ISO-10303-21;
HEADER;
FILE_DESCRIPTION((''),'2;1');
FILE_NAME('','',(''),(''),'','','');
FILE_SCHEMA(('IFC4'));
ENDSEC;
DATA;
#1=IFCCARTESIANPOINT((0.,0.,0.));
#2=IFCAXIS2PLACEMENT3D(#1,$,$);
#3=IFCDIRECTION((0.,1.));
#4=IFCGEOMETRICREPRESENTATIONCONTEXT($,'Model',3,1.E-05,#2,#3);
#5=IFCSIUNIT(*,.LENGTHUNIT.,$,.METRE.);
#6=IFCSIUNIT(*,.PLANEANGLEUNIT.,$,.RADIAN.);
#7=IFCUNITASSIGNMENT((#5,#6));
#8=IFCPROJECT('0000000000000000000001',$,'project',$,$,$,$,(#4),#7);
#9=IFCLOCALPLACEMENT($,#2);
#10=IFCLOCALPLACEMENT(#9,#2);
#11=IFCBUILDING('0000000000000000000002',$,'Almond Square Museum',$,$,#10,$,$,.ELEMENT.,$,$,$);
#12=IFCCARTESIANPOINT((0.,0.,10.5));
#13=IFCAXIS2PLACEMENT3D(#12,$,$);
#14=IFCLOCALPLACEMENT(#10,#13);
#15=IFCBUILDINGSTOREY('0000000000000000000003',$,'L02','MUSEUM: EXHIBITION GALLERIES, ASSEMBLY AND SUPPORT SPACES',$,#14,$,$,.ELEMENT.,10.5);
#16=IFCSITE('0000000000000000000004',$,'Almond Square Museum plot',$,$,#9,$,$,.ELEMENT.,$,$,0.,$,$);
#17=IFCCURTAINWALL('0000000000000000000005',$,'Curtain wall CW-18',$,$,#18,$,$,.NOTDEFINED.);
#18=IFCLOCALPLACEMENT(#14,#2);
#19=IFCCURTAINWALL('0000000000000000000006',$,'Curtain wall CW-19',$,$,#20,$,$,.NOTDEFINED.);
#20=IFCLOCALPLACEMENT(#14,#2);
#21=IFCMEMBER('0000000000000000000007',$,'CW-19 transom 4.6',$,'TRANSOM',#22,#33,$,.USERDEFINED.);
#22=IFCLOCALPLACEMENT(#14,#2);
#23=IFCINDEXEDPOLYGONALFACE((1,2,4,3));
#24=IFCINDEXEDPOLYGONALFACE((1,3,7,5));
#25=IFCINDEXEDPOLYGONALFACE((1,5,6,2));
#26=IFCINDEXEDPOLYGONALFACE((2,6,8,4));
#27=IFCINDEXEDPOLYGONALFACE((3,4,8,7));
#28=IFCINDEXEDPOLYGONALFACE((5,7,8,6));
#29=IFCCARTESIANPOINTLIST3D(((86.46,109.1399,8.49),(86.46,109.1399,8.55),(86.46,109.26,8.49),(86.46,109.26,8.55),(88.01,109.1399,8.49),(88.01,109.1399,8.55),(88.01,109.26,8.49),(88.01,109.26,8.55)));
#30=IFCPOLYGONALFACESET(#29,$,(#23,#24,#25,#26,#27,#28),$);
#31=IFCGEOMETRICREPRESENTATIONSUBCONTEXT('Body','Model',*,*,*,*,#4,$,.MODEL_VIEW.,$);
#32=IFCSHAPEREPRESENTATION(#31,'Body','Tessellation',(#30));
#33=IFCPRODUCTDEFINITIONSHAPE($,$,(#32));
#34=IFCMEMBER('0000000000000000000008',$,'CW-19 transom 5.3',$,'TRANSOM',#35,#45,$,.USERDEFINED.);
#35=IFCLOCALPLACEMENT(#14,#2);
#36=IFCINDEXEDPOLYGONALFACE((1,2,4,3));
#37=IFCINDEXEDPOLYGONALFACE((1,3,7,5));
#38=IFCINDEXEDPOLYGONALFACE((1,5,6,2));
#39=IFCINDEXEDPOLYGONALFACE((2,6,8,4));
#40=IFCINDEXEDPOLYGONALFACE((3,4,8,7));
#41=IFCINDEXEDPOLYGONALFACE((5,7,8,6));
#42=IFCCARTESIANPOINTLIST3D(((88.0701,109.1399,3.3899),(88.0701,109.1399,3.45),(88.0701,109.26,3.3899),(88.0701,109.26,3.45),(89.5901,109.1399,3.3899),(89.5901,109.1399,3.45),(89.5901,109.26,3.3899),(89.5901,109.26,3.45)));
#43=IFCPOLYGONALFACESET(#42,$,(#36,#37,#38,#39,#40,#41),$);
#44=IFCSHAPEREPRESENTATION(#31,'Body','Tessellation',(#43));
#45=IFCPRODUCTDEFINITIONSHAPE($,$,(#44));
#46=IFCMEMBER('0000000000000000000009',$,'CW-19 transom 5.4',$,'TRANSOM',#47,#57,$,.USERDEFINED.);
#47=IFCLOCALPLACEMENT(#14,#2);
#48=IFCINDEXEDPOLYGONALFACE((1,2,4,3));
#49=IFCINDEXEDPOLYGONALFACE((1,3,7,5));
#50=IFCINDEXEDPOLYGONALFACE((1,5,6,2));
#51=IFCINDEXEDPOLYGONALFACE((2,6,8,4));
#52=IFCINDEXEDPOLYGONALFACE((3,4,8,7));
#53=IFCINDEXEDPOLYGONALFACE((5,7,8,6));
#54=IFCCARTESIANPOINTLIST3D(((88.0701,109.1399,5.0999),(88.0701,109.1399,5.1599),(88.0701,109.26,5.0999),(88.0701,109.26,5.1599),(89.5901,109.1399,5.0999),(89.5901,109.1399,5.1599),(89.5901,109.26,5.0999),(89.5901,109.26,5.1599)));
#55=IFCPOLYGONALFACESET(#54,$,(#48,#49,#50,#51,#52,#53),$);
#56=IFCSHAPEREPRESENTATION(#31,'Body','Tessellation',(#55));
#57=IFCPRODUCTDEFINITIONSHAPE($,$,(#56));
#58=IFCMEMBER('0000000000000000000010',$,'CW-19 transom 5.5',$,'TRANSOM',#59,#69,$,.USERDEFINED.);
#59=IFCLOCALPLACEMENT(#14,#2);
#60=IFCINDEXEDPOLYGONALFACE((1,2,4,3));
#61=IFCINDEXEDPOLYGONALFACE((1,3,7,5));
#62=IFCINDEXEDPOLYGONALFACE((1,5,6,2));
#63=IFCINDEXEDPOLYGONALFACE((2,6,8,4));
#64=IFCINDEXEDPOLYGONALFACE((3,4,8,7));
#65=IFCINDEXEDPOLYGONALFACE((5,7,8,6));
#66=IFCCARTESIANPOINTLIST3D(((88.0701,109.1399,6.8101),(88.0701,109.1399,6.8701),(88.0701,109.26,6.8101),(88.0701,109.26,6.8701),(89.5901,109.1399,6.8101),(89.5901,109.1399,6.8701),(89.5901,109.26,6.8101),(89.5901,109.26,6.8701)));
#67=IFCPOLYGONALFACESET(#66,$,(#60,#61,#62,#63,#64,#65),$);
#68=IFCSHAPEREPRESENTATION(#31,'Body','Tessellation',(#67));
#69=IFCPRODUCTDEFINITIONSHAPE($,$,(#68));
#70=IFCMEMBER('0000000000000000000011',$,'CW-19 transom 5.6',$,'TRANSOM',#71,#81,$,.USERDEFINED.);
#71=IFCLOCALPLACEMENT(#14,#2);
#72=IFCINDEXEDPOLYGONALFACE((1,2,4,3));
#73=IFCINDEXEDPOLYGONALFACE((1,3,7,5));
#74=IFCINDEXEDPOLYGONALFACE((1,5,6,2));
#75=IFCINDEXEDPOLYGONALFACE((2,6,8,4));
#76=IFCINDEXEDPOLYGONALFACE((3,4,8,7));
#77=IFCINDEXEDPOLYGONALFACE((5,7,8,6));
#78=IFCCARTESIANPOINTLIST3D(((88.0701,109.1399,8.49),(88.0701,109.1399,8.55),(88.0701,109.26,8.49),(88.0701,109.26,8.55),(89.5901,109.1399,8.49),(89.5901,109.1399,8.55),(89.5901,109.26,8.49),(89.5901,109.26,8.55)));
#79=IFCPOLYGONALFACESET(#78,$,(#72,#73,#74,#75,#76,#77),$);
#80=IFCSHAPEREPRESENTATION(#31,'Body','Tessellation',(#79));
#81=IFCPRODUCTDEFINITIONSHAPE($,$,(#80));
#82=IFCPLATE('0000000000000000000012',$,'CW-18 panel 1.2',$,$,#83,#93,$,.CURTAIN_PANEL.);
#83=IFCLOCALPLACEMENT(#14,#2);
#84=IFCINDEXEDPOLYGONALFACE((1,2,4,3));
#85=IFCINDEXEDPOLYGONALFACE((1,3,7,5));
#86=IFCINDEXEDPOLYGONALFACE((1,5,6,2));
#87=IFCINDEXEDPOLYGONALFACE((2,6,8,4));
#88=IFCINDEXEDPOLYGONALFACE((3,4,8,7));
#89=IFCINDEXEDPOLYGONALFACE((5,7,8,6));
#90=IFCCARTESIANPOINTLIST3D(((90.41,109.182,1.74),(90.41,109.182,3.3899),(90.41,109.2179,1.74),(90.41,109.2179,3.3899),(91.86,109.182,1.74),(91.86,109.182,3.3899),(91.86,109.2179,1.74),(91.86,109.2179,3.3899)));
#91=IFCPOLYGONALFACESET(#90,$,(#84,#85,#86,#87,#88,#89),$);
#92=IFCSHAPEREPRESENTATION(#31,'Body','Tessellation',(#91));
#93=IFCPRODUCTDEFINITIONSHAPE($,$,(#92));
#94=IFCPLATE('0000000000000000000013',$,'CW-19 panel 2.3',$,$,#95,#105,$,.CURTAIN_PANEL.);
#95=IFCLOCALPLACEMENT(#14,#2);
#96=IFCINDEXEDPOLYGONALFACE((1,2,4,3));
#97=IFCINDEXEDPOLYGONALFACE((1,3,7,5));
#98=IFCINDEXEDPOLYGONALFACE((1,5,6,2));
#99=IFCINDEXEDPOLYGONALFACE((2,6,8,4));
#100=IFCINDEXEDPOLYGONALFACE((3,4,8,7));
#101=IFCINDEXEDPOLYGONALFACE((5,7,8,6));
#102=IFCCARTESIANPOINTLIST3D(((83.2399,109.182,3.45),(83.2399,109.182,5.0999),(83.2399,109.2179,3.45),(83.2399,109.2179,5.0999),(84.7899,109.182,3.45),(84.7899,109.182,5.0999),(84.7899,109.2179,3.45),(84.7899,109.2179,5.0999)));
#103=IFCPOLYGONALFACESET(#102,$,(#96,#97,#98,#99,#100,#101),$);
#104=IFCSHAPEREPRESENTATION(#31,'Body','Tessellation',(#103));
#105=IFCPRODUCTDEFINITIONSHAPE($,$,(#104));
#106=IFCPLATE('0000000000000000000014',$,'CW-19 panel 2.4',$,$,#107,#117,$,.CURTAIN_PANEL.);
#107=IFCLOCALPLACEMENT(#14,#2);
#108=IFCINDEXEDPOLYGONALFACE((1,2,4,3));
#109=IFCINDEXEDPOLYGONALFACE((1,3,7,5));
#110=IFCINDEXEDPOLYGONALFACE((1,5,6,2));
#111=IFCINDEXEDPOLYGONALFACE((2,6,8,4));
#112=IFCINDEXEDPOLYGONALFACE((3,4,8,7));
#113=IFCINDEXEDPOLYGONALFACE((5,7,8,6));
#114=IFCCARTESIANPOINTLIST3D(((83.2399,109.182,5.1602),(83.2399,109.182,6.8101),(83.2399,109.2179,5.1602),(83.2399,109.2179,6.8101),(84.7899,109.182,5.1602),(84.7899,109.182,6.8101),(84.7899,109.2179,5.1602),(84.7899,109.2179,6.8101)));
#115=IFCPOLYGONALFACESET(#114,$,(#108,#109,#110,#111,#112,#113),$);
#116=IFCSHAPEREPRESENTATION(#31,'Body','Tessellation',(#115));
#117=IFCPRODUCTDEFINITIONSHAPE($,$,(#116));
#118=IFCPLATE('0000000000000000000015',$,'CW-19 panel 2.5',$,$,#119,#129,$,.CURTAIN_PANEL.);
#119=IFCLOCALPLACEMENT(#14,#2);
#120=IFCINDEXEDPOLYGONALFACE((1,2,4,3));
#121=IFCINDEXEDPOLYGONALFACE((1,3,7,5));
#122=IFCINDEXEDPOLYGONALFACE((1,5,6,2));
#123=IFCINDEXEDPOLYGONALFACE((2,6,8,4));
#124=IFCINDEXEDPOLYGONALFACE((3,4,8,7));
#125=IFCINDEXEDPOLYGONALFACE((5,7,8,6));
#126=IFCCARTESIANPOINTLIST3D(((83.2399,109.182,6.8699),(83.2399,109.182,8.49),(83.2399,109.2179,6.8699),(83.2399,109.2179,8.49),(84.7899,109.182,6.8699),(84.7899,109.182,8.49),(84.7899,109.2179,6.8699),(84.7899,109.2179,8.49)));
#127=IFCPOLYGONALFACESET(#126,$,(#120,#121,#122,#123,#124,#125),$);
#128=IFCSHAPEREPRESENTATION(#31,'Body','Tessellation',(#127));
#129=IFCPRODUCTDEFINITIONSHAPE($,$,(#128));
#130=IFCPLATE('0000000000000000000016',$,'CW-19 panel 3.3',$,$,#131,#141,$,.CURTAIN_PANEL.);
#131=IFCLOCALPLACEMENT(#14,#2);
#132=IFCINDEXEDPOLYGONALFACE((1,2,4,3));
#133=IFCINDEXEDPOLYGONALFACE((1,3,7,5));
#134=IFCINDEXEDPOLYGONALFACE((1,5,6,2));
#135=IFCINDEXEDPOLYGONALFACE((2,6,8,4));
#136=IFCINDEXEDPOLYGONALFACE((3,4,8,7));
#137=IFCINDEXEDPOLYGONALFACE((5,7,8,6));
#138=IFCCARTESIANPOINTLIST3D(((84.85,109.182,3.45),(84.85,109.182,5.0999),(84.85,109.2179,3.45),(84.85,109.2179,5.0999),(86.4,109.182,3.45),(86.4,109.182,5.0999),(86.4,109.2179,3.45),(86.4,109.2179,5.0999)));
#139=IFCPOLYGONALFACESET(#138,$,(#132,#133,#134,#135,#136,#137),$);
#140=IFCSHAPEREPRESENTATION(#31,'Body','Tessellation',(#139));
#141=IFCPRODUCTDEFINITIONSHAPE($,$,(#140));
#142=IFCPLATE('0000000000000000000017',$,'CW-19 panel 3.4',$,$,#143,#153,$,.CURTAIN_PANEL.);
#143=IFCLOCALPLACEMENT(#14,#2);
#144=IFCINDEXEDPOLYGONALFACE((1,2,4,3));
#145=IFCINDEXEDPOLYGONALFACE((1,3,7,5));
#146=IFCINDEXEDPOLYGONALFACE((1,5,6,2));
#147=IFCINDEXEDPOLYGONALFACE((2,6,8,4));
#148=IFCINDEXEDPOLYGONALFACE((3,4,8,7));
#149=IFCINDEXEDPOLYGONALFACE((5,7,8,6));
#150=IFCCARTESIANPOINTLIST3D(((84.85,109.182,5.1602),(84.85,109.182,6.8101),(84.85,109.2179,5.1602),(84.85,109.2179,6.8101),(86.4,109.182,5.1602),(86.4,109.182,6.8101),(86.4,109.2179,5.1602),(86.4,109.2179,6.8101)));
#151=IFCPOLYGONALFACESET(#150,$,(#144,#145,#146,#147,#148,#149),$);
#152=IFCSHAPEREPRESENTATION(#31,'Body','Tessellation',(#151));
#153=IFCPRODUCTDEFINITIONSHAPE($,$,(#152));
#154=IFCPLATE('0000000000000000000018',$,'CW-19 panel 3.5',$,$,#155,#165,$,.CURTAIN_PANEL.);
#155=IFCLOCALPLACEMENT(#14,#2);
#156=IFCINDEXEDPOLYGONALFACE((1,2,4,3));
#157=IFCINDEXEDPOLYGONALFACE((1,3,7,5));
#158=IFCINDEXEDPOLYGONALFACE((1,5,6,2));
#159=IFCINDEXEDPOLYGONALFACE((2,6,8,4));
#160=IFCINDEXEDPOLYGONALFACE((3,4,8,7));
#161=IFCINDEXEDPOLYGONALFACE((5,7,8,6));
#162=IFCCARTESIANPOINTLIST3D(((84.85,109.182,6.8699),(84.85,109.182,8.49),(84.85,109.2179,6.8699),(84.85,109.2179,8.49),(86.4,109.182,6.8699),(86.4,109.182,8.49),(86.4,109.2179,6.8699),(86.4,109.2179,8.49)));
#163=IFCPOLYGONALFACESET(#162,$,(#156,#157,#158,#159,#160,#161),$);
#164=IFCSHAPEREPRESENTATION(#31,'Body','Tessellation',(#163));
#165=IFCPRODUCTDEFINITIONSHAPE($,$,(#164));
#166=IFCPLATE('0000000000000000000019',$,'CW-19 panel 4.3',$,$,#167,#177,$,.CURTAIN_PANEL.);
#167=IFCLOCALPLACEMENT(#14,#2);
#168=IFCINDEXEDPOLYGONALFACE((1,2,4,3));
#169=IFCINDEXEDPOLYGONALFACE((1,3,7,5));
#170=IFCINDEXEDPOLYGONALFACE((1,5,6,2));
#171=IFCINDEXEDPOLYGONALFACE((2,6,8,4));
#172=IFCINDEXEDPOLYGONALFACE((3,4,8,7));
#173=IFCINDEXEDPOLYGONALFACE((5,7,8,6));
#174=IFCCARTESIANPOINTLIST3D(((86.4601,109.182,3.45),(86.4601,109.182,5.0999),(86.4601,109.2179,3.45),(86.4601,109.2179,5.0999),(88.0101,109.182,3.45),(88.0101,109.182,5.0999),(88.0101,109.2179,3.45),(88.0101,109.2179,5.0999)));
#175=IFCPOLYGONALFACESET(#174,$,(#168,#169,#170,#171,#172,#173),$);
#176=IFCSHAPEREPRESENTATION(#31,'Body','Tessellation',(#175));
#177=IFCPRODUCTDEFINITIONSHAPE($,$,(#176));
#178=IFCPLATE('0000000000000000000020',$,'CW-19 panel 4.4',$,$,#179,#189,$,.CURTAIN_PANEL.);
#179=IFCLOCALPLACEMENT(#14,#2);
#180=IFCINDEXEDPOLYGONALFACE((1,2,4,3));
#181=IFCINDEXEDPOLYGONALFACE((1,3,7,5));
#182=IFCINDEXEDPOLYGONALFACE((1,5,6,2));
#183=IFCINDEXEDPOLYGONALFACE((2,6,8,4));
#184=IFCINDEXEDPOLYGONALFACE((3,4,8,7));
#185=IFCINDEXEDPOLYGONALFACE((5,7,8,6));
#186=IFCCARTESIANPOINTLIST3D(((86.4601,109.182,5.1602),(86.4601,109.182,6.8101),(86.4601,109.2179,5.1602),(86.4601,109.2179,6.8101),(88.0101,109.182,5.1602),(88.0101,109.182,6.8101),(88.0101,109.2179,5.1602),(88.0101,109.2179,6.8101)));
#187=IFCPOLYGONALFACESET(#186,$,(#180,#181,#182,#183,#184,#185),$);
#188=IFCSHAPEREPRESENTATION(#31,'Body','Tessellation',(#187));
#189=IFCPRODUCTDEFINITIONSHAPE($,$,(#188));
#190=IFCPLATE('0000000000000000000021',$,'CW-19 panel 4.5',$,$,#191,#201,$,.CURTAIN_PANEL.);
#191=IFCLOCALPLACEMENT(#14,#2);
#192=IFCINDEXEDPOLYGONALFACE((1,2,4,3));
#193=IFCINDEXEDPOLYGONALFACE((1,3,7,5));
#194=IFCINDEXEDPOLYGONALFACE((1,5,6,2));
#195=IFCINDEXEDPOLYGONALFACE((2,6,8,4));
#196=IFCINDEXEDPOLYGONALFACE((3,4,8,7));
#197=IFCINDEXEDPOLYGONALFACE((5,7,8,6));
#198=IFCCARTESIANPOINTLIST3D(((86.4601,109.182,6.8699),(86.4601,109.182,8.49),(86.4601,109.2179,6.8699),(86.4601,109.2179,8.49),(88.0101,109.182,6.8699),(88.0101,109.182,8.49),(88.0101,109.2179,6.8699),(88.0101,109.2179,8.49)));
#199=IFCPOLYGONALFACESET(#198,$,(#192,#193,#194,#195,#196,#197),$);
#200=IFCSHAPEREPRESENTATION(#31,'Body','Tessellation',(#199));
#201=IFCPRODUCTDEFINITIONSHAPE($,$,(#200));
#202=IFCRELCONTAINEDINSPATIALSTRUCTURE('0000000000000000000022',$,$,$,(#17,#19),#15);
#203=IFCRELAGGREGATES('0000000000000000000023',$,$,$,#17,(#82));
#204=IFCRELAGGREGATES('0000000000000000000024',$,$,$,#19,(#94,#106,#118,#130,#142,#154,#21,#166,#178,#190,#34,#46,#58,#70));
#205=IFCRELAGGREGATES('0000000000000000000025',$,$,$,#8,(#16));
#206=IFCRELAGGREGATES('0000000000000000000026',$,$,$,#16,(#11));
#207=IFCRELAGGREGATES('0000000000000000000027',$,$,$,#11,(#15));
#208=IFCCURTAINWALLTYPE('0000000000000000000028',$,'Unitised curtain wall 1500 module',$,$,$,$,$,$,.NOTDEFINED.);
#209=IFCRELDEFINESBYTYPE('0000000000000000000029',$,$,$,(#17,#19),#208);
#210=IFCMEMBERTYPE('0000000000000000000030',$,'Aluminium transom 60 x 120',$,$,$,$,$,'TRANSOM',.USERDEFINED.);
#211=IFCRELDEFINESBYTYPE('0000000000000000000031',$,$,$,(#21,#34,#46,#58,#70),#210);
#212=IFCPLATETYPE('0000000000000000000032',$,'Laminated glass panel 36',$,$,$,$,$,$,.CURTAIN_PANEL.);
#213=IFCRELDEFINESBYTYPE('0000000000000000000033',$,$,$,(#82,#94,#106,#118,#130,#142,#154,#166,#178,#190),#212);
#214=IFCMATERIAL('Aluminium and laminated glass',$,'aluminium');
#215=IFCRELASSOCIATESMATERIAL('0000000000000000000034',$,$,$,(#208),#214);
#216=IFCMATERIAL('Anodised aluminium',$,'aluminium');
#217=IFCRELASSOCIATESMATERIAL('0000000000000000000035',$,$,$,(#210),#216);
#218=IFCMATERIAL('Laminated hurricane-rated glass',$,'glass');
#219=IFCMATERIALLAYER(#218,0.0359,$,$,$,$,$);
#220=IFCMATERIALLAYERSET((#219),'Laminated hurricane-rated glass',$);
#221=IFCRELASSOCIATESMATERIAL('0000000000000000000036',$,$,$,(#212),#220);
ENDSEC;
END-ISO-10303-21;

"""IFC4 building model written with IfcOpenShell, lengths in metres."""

from ifc_helpers import new_model, si_unit, direction, frame, origin, origin_2d, place, context, subcontext, project, spatial, rectangle, extrude, material, layer, layer_set, material_profile, profile_set, type_object, element, aggregate, save


model = new_model("IFC4")

# Units and contexts
model_context = context("Model", 3, precision=1e-05, world=origin(), true_north=direction((0.0, 1.0)))
body_context = subcontext(model_context, "Body", "Model", "MODEL_VIEW")
ifc_project = project(units=[si_unit("LENGTHUNIT", "METRE"), si_unit("PLANEANGLEUNIT", "RADIAN")], contexts=[model_context])

# Site, building, storey
site_placement = place(None, origin())
site = spatial("IfcSite", under=ifc_project, at=site_placement, Name="Almond Square Museum plot", CompositionType="ELEMENT", RefElevation=0.0)
building_placement = place(site_placement, origin())
building = spatial("IfcBuilding", under=site, at=building_placement, Name="Almond Square Museum", CompositionType="ELEMENT")
storey_placement = place(building_placement, frame((0.0, 0.0, 10.5)))
storey = spatial("IfcBuildingStorey", under=building, at=storey_placement, Name="L02", Description="MUSEUM: EXHIBITION GALLERIES, ASSEMBLY AND SUPPORT SPACES", CompositionType="ELEMENT", Elevation=10.5)

# Curtain walls, members
ifc_material_1 = material(Name="Aluminium and laminated glass", Category="aluminium")
curtain_wall_type = type_object("IfcCurtainWallType", Name="Unitised curtain wall 1500 module", PredefinedType="NOTDEFINED", material=ifc_material_1)
curtain_wall_1_placement = place(storey_placement, origin())
curtain_wall_1 = element("IfcCurtainWall", 1, at=curtain_wall_1_placement, inside=storey, type_object=curtain_wall_type, Name="Curtain wall CW-18", PredefinedType="NOTDEFINED")
ifc_material_2 = material(Name="Anodised aluminium", Category="aluminium")
ifc_material_profile = material_profile(ifc_material_2, rectangle(XDim=0.1201, YDim=0.0601, at=origin_2d()))
ifc_profile_set = profile_set([ifc_material_profile], Name="Anodised aluminium")
member_type = type_object("IfcMemberType", Name="Aluminium transom 60 x 120", ElementType="TRANSOM", PredefinedType="USERDEFINED", material=ifc_profile_set)
curtain_wall_2_placement = place(storey_placement, origin())
curtain_wall_2 = element("IfcCurtainWall", 2, at=curtain_wall_2_placement, inside=storey, type_object=curtain_wall_type, Name="Curtain wall CW-19", PredefinedType="NOTDEFINED")
member_1_placement = place(storey_placement, frame((86.46, 109.2, 8.52), z_axis=(1.0, 0.0, 0.0), x_axis=(0.0, 1.0, 0.0)))
member_1 = element("IfcMember", 3, at=member_1_placement, type_object=member_type, Name="CW-19 transom 4.6", ObjectType="TRANSOM", PredefinedType="USERDEFINED", context=body_context, shape_type="SweptSolid", body=[
    extrude(rectangle(XDim=0.1201, YDim=0.0601, at=origin_2d()), origin(), (0.0, 0.0, 1.0), 1.55),
])
member_2_placement = place(storey_placement, frame((88.0701, 109.2, 3.4199), z_axis=(1.0, 0.0, 0.0), x_axis=(0.0, 1.0, 0.0)))
member_2 = element("IfcMember", 4, at=member_2_placement, type_object=member_type, Name="CW-19 transom 5.3", ObjectType="TRANSOM", PredefinedType="USERDEFINED", context=body_context, shape_type="SweptSolid", body=[
    extrude(rectangle(XDim=0.1201, YDim=0.0601, at=origin_2d()), origin(), (0.0, 0.0, 1.0), 1.52),
])
member_3_placement = place(storey_placement, frame((88.0701, 109.2, 5.1299), z_axis=(1.0, 0.0, 0.0), x_axis=(0.0, 1.0, 0.0)))
member_3 = element("IfcMember", 5, at=member_3_placement, type_object=member_type, Name="CW-19 transom 5.4", ObjectType="TRANSOM", PredefinedType="USERDEFINED", context=body_context, shape_type="SweptSolid", body=[
    extrude(rectangle(XDim=0.1201, YDim=0.0601, at=origin_2d()), origin(), (0.0, 0.0, 1.0), 1.52),
])
member_4_placement = place(storey_placement, frame((88.0701, 109.2, 6.8401), z_axis=(1.0, 0.0, 0.0), x_axis=(0.0, 1.0, 0.0)))
member_4 = element("IfcMember", 6, at=member_4_placement, type_object=member_type, Name="CW-19 transom 5.5", ObjectType="TRANSOM", PredefinedType="USERDEFINED", context=body_context, shape_type="SweptSolid", body=[
    extrude(rectangle(XDim=0.1201, YDim=0.0601, at=origin_2d()), origin(), (0.0, 0.0, 1.0), 1.52),
])
member_5_placement = place(storey_placement, frame((88.0701, 109.2, 8.52), z_axis=(1.0, 0.0, 0.0), x_axis=(0.0, 1.0, 0.0)))
member_5 = element("IfcMember", 7, at=member_5_placement, type_object=member_type, Name="CW-19 transom 5.6", ObjectType="TRANSOM", PredefinedType="USERDEFINED", context=body_context, shape_type="SweptSolid", body=[
    extrude(rectangle(XDim=0.1201, YDim=0.0601, at=origin_2d()), origin(), (0.0, 0.0, 1.0), 1.52),
])

# Plates
ifc_material_3 = material(Name="Laminated hurricane-rated glass", Category="glass")
ifc_layer = layer(ifc_material_3, 0.0359)
ifc_layer_set = layer_set([ifc_layer], Name="Laminated hurricane-rated glass")
plate_type = type_object("IfcPlateType", Name="Laminated glass panel 36", PredefinedType="CURTAIN_PANEL", material=ifc_layer_set)
plate_1_placement = place(storey_placement, frame((91.135, 109.2, 1.74), z_axis=(0.0, 0.0, 1.0), x_axis=(1.0, 0.0, 0.0)))
plate_1 = element("IfcPlate", 8, at=plate_1_placement, type_object=plate_type, Name="CW-18 panel 1.2", PredefinedType="CURTAIN_PANEL", context=body_context, shape_type="SweptSolid", body=[
    extrude(rectangle(XDim=1.45, YDim=0.0359, at=origin_2d()), origin(), (0.0, 0.0, 1.0), 1.6499),
])
aggregate(curtain_wall_1, [plate_1])
plate_2_placement = place(storey_placement, frame((84.0149, 109.2, 3.45), z_axis=(0.0, 0.0, 1.0), x_axis=(1.0, 0.0, 0.0)))
plate_2 = element("IfcPlate", 9, at=plate_2_placement, type_object=plate_type, Name="CW-19 panel 2.3", PredefinedType="CURTAIN_PANEL", context=body_context, shape_type="SweptSolid", body=[
    extrude(rectangle(XDim=1.55, YDim=0.0359, at=origin_2d()), origin(), (0.0, 0.0, 1.0), 1.6499),
])
plate_3_placement = place(storey_placement, frame((84.0149, 109.2, 5.1602), z_axis=(0.0, 0.0, 1.0), x_axis=(1.0, 0.0, 0.0)))
plate_3 = element("IfcPlate", 10, at=plate_3_placement, type_object=plate_type, Name="CW-19 panel 2.4", PredefinedType="CURTAIN_PANEL", context=body_context, shape_type="SweptSolid", body=[
    extrude(rectangle(XDim=1.55, YDim=0.0359, at=origin_2d()), origin(), (0.0, 0.0, 1.0), 1.6499),
])
plate_4_placement = place(storey_placement, frame((84.0149, 109.2, 6.8699), z_axis=(0.0, 0.0, 1.0), x_axis=(1.0, 0.0, 0.0)))
plate_4 = element("IfcPlate", 11, at=plate_4_placement, type_object=plate_type, Name="CW-19 panel 2.5", PredefinedType="CURTAIN_PANEL", context=body_context, shape_type="SweptSolid", body=[
    extrude(rectangle(XDim=1.55, YDim=0.0359, at=origin_2d()), origin(), (0.0, 0.0, 1.0), 1.6201),
])
plate_5_placement = place(storey_placement, frame((85.625, 109.2, 3.45), z_axis=(0.0, 0.0, 1.0), x_axis=(1.0, 0.0, 0.0)))
plate_5 = element("IfcPlate", 12, at=plate_5_placement, type_object=plate_type, Name="CW-19 panel 3.3", PredefinedType="CURTAIN_PANEL", context=body_context, shape_type="SweptSolid", body=[
    extrude(rectangle(XDim=1.55, YDim=0.0359, at=origin_2d()), origin(), (0.0, 0.0, 1.0), 1.6499),
])
plate_6_placement = place(storey_placement, frame((85.625, 109.2, 5.1602), z_axis=(0.0, 0.0, 1.0), x_axis=(1.0, 0.0, 0.0)))
plate_6 = element("IfcPlate", 13, at=plate_6_placement, type_object=plate_type, Name="CW-19 panel 3.4", PredefinedType="CURTAIN_PANEL", context=body_context, shape_type="SweptSolid", body=[
    extrude(rectangle(XDim=1.55, YDim=0.0359, at=origin_2d()), origin(), (0.0, 0.0, 1.0), 1.6499),
])
plate_7_placement = place(storey_placement, frame((85.625, 109.2, 6.8699), z_axis=(0.0, 0.0, 1.0), x_axis=(1.0, 0.0, 0.0)))
plate_7 = element("IfcPlate", 14, at=plate_7_placement, type_object=plate_type, Name="CW-19 panel 3.5", PredefinedType="CURTAIN_PANEL", context=body_context, shape_type="SweptSolid", body=[
    extrude(rectangle(XDim=1.55, YDim=0.0359, at=origin_2d()), origin(), (0.0, 0.0, 1.0), 1.6201),
])
plate_8_placement = place(storey_placement, frame((87.2351, 109.2, 3.45), z_axis=(0.0, 0.0, 1.0), x_axis=(1.0, 0.0, 0.0)))
plate_8 = element("IfcPlate", 15, at=plate_8_placement, type_object=plate_type, Name="CW-19 panel 4.3", PredefinedType="CURTAIN_PANEL", context=body_context, shape_type="SweptSolid", body=[
    extrude(rectangle(XDim=1.55, YDim=0.0359, at=origin_2d()), origin(), (0.0, 0.0, 1.0), 1.6499),
])
plate_9_placement = place(storey_placement, frame((87.2351, 109.2, 5.1602), z_axis=(0.0, 0.0, 1.0), x_axis=(1.0, 0.0, 0.0)))
plate_9 = element("IfcPlate", 16, at=plate_9_placement, type_object=plate_type, Name="CW-19 panel 4.4", PredefinedType="CURTAIN_PANEL", context=body_context, shape_type="SweptSolid", body=[
    extrude(rectangle(XDim=1.55, YDim=0.0359, at=origin_2d()), origin(), (0.0, 0.0, 1.0), 1.6499),
])
plate_10_placement = place(storey_placement, frame((87.2351, 109.2, 6.8699), z_axis=(0.0, 0.0, 1.0), x_axis=(1.0, 0.0, 0.0)))
plate_10 = element("IfcPlate", 17, at=plate_10_placement, type_object=plate_type, Name="CW-19 panel 4.5", PredefinedType="CURTAIN_PANEL", context=body_context, shape_type="SweptSolid", body=[
    extrude(rectangle(XDim=1.55, YDim=0.0359, at=origin_2d()), origin(), (0.0, 0.0, 1.0), 1.6201),
])
aggregate(curtain_wall_2, [plate_2, plate_3, plate_4, plate_5, plate_6, plate_7, member_1, plate_8, plate_9, plate_10, member_2, member_3, member_4, member_5])

save(model, "model.ifc")
